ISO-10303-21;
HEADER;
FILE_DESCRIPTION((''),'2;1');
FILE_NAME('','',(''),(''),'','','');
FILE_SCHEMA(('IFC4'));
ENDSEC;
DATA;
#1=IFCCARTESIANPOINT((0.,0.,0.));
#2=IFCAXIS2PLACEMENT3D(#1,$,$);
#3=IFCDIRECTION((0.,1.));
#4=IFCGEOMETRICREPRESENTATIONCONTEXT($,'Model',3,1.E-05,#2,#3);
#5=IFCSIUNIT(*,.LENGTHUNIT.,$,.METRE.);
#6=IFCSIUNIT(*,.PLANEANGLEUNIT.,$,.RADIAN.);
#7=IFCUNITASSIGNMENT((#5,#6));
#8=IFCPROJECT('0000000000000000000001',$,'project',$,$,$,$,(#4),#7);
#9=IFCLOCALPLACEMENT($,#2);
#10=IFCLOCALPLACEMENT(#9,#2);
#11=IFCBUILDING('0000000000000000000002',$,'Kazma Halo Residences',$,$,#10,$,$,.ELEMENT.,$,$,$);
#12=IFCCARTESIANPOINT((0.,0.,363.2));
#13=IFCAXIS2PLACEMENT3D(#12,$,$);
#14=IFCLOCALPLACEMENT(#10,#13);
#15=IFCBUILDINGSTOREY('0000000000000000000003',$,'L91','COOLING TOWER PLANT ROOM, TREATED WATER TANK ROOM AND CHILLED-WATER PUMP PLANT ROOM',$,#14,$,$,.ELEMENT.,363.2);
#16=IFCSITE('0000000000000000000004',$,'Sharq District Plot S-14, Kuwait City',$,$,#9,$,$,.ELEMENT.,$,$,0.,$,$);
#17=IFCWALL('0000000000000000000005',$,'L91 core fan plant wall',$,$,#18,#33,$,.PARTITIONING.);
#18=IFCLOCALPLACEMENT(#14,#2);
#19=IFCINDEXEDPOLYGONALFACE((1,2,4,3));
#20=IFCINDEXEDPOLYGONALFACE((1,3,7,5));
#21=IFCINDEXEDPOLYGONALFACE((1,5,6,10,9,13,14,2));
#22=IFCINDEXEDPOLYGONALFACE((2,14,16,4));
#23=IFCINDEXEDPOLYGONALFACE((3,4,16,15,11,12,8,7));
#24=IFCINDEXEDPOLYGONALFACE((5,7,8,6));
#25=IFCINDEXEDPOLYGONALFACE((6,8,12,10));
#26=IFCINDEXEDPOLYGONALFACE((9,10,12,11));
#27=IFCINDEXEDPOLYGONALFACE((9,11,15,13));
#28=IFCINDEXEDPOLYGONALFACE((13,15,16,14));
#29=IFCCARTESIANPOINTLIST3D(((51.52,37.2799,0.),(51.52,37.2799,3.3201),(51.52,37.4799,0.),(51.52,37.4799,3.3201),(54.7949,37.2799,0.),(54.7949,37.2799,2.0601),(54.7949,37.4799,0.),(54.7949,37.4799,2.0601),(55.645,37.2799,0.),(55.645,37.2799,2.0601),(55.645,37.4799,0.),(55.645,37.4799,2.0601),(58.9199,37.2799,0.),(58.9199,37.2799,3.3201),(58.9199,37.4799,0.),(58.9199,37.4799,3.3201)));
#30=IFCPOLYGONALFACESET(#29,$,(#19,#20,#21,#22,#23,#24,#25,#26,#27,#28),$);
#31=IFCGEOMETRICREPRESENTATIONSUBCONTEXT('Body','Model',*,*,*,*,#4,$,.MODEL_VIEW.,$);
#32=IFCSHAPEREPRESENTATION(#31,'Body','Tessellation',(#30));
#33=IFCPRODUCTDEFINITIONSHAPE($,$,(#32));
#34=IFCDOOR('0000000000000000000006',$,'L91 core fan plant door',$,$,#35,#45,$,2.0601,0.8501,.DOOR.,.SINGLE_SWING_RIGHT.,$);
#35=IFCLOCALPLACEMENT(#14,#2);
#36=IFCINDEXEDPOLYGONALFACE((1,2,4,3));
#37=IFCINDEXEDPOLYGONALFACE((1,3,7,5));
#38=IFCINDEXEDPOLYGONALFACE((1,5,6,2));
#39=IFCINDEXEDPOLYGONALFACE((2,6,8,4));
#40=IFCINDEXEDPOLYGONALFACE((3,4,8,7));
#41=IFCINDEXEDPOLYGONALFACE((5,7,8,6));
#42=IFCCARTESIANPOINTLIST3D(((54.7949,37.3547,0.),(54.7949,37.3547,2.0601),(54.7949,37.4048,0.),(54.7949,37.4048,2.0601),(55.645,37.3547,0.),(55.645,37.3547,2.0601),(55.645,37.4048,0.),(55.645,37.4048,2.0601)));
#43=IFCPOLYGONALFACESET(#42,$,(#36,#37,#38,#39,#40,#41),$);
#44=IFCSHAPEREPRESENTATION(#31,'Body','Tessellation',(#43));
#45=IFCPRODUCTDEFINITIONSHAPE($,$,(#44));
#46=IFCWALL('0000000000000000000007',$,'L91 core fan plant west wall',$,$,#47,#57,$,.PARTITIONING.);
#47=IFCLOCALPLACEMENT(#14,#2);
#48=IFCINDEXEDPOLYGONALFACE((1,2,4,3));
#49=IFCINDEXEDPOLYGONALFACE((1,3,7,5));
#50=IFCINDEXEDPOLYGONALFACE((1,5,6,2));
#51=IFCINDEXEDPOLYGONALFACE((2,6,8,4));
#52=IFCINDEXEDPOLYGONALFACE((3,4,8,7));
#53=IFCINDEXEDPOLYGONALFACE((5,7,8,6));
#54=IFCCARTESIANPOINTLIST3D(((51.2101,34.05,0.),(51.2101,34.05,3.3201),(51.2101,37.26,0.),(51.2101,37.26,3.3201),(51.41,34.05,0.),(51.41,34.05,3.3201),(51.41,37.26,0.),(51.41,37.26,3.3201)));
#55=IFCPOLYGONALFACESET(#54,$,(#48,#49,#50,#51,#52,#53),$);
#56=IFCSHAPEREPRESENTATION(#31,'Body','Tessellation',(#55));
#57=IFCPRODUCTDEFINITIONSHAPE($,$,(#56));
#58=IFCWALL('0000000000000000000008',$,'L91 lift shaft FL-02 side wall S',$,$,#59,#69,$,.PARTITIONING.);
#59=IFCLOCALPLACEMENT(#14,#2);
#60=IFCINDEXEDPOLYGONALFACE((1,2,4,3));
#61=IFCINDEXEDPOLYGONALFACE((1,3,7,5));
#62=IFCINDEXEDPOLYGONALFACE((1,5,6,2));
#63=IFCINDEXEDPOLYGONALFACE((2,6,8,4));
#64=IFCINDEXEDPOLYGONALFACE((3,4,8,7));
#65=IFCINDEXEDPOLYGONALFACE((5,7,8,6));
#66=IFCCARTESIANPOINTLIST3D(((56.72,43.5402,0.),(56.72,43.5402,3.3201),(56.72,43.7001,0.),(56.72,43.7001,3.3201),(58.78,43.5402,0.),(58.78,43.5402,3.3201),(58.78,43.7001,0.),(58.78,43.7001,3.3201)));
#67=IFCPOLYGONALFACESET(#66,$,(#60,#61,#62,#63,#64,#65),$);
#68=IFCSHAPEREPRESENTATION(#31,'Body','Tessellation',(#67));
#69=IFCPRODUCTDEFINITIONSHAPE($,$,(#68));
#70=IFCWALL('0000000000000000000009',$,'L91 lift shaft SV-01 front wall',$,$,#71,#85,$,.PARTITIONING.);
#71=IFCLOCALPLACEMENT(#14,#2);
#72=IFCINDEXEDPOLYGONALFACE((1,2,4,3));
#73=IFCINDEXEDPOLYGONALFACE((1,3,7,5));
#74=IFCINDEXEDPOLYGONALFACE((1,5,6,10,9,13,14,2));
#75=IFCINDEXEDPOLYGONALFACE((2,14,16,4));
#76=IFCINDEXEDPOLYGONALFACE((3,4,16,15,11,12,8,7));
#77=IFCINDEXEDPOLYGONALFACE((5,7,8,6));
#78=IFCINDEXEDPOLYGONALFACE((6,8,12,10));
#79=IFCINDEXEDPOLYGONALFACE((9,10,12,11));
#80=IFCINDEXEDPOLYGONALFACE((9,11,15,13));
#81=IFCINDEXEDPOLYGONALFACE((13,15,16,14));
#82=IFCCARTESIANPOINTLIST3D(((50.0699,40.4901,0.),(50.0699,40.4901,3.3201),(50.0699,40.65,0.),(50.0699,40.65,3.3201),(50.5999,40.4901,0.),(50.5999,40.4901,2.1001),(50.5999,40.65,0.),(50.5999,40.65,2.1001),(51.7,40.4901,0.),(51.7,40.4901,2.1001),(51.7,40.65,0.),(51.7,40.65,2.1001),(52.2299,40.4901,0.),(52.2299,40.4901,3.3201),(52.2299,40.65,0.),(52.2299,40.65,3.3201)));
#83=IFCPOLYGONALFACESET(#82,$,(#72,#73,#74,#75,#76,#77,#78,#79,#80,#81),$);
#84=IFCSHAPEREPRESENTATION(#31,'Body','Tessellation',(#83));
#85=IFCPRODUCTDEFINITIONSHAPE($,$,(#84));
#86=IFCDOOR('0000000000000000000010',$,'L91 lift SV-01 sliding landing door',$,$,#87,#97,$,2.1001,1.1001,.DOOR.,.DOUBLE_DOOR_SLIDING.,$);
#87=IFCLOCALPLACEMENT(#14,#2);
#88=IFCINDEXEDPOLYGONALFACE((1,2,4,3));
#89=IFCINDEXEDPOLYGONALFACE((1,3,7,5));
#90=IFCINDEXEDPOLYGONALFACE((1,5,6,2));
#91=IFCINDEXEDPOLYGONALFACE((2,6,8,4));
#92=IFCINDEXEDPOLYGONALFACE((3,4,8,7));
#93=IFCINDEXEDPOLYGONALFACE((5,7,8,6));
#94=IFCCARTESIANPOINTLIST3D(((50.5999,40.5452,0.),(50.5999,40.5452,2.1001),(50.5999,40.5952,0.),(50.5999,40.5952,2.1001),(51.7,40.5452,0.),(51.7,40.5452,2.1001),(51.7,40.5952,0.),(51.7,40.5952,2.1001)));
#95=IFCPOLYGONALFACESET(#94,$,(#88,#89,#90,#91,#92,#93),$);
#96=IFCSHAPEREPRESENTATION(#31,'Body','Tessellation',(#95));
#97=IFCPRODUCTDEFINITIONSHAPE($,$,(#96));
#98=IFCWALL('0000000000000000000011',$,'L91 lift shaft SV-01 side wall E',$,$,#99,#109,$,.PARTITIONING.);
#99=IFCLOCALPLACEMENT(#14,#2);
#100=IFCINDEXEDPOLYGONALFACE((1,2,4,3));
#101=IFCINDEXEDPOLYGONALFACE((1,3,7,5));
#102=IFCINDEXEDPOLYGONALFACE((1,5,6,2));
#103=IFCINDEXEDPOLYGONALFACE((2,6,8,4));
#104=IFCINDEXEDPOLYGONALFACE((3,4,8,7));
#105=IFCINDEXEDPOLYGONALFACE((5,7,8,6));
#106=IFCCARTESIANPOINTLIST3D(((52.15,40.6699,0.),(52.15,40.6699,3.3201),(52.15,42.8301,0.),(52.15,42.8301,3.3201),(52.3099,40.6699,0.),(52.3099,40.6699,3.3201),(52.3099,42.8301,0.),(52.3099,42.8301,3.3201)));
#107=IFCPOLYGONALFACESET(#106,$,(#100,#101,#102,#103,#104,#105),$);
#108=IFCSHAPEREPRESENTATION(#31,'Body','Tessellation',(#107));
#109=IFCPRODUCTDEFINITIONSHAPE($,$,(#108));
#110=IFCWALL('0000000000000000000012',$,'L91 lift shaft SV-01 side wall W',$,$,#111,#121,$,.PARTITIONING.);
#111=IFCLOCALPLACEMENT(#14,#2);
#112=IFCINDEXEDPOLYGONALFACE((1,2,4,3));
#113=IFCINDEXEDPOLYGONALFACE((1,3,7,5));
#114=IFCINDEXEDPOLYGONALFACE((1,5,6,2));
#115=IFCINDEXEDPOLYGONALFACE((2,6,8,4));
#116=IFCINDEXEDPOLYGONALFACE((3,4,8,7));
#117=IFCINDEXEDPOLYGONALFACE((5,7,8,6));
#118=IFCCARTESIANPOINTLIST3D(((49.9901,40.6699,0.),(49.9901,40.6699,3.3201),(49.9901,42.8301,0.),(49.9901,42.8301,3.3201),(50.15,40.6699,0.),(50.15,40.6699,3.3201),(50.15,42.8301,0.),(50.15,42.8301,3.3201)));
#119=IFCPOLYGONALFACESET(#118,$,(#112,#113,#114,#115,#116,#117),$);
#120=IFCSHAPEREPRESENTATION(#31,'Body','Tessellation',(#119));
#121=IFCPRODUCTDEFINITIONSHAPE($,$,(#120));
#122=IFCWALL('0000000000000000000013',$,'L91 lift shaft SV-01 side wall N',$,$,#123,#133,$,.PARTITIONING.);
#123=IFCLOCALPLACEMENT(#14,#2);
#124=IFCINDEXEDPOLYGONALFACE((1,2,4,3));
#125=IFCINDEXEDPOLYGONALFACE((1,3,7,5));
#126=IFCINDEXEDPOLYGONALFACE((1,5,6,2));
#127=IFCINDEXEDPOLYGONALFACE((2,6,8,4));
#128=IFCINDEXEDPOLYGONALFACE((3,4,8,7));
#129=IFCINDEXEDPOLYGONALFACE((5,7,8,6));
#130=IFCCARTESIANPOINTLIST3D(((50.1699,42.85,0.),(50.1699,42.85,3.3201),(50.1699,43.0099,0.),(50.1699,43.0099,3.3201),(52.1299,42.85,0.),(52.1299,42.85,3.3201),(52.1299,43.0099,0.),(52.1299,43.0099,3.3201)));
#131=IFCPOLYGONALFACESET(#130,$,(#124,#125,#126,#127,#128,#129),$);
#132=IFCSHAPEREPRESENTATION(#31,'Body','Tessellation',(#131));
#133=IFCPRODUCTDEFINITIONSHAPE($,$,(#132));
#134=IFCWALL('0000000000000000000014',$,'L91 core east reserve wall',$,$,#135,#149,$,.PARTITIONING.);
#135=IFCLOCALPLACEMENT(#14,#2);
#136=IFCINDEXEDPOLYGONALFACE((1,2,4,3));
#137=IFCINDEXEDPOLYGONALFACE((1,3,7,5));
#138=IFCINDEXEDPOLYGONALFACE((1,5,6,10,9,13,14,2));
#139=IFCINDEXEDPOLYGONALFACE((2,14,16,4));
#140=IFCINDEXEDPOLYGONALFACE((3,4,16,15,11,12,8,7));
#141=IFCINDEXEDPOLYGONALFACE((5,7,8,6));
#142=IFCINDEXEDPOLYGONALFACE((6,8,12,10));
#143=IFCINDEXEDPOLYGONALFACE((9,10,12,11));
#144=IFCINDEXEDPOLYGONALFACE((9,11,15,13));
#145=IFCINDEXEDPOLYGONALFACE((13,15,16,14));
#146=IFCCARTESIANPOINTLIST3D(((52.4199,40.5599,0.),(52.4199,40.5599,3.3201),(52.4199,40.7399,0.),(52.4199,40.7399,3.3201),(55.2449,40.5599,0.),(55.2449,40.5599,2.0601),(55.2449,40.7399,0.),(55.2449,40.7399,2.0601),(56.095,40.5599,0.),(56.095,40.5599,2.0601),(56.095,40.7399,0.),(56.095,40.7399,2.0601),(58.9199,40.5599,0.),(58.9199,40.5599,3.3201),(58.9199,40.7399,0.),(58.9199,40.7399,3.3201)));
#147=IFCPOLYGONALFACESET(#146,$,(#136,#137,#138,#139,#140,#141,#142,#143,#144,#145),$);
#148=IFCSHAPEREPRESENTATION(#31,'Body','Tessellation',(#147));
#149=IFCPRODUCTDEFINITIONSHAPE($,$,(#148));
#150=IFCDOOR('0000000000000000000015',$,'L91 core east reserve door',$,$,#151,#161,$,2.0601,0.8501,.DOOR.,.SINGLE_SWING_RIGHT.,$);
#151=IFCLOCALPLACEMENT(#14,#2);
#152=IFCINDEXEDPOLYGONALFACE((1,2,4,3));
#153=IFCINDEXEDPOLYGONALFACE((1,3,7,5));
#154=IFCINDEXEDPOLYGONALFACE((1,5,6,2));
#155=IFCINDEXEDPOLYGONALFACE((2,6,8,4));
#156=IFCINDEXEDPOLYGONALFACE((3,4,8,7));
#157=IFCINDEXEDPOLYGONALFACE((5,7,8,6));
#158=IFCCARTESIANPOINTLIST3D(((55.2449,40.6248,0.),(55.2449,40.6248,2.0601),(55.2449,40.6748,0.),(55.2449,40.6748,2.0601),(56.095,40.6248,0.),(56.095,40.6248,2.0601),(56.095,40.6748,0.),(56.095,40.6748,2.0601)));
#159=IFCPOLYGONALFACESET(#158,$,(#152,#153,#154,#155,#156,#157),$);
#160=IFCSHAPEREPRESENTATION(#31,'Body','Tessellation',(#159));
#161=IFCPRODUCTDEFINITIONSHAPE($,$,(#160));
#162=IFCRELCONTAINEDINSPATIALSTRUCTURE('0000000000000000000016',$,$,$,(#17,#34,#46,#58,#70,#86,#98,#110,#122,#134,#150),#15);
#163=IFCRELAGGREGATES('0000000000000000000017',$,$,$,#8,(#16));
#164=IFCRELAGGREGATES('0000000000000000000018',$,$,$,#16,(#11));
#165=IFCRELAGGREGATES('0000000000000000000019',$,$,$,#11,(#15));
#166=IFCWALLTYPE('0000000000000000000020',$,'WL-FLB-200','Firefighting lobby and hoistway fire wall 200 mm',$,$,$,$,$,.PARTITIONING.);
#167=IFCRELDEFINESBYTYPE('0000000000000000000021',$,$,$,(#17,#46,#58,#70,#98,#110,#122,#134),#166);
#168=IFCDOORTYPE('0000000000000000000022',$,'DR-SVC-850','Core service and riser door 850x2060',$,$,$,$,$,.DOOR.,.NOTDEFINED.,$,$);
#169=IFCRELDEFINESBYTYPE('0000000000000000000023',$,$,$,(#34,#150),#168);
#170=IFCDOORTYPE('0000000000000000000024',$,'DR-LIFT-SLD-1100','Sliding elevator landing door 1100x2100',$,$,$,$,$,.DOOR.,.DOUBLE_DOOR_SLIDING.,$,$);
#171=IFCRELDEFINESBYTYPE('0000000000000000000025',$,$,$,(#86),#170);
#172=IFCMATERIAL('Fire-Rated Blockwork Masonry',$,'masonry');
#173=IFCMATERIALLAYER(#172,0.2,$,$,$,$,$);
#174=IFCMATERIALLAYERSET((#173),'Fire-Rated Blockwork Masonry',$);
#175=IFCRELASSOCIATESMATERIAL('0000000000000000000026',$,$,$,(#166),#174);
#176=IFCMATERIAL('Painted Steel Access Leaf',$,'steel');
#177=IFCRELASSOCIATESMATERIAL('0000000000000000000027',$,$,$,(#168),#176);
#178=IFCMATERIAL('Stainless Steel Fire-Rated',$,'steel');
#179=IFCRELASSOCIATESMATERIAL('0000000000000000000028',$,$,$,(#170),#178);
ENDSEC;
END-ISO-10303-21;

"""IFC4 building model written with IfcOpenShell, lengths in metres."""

from ifc_helpers import new_model, si_unit, direction, frame, frame_2d, origin, place, context, subcontext, project, spatial, rectangle, extrude, material, layer, layer_set, type_object, element, fill, save


model = new_model("IFC4")

# Units and contexts
model_context = context("Model", 3, precision=1e-05, world=origin(), true_north=direction((0.0, 1.0)))
body_context = subcontext(model_context, "Body", "Model", "MODEL_VIEW")
ifc_project = project(units=[si_unit("LENGTHUNIT", "METRE"), si_unit("PLANEANGLEUNIT", "RADIAN")], contexts=[model_context])

# Site, building, storey
site_placement = place(None, origin())
site = spatial("IfcSite", under=ifc_project, at=site_placement, Name="Sharq District Plot S-14, Kuwait City", CompositionType="ELEMENT", RefElevation=0.0)
building_placement = place(site_placement, origin())
building = spatial("IfcBuilding", under=site, at=building_placement, Name="Kazma Halo Residences", CompositionType="ELEMENT")
storey_placement = place(building_placement, frame((0.0, 0.0, 363.2)))
storey = spatial("IfcBuildingStorey", under=building, at=storey_placement, Name="L91", Description="COOLING TOWER PLANT ROOM, TREATED WATER TANK ROOM AND CHILLED-WATER PUMP PLANT ROOM", CompositionType="ELEMENT", Elevation=363.2)

# Wall, opening, door
ifc_material_1 = material(Name="Fire-Rated Blockwork Masonry", Category="masonry")
ifc_layer_1 = layer(ifc_material_1, 0.2)
ifc_layer_set_1 = layer_set([ifc_layer_1], Name="Fire-Rated Blockwork Masonry")
wall_type_1 = type_object("IfcWallType", Name="WL-FLB-200", Description="Firefighting lobby and hoistway fire wall 200 mm", PredefinedType="PARTITIONING", material=ifc_layer_set_1)
wall_1_placement = place(storey_placement, frame((51.52, 37.3799, 0.0), z_axis=(0.0, 0.0, 1.0), x_axis=(1.0, 0.0, 0.0)))
wall_1 = element("IfcWall", 1, at=wall_1_placement, inside=storey, type_object=wall_type_1, Name="L91 core fan plant wall", PredefinedType="PARTITIONING", context=body_context, shape_type="SweptSolid", body=[
    extrude(rectangle(XDim=7.3999, YDim=0.2, at=frame_2d((3.7, 0.0))), origin(), (0.0, 0.0, 1.0), 3.3201),
])
opening_1_placement = place(wall_1_placement, frame((3.2749, 0.0, 0.0)))
opening_1 = element("IfcOpeningElement", 2, at=opening_1_placement, cuts=wall_1, PredefinedType="OPENING", context=body_context, shape_type="SweptSolid", body=[
    extrude(rectangle(XDim=0.8501, YDim=2.0601, at=frame_2d((0.425, 1.03))), frame((0.0, 0.1099, 0.0), z_axis=(0.0, -1.0, 0.0), x_axis=(1.0, 0.0, 0.0)), (0.0, 0.0, 1.0), 0.22),
])
ifc_material_2 = material(Name="Painted Steel Access Leaf", Category="steel")
door_type_1 = type_object("IfcDoorType", Name="DR-SVC-850", Description="Core service and riser door 850x2060", OperationType="NOTDEFINED", PredefinedType="DOOR", material=ifc_material_2)
door_1_placement = place(opening_1_placement, origin())
door_1 = element("IfcDoor", 3, at=door_1_placement, inside=storey, type_object=door_type_1, Name="L91 core fan plant door", OperationType="SINGLE_SWING_RIGHT", OverallHeight=2.0601, OverallWidth=0.8501, PredefinedType="DOOR", context=body_context, shape_type="SweptSolid", body=[
    extrude(rectangle(XDim=0.8501, YDim=2.0601, at=frame_2d((0.425, 1.03))), frame((0.0, 0.0249, 0.0), z_axis=(0.0, -1.0, 0.0), x_axis=(1.0, 0.0, 0.0)), (0.0, 0.0, 1.0), 0.05),
])
fill(opening_1, door_1)

# Walls
wall_2_placement = place(storey_placement, frame((51.3101, 34.05, 0.0), z_axis=(0.0, 0.0, 1.0), x_axis=(0.0, 1.0, 0.0)))
element("IfcWall", 4, at=wall_2_placement, inside=storey, type_object=wall_type_1, Name="L91 core fan plant west wall", PredefinedType="PARTITIONING", context=body_context, shape_type="SweptSolid", body=[
    extrude(rectangle(XDim=3.21, YDim=0.2, at=frame_2d((1.605, 0.0))), origin(), (0.0, 0.0, 1.0), 3.3201),
])
wall_3_placement = place(storey_placement, frame((56.72, 43.6201, 0.0), z_axis=(0.0, 0.0, 1.0), x_axis=(1.0, 0.0, 0.0)))
element("IfcWall", 5, at=wall_3_placement, inside=storey, type_object=wall_type_1, Name="L91 lift shaft FL-02 side wall S", PredefinedType="PARTITIONING", context=body_context, shape_type="SweptSolid", body=[
    extrude(rectangle(XDim=2.0601, YDim=0.1599, at=frame_2d((1.03, 0.0))), origin(), (0.0, 0.0, 1.0), 3.3201),
])

# Wall, opening, door
wall_4_placement = place(storey_placement, frame((52.23, 40.5701, 0.0), z_axis=(0.0, 0.0, 1.0), x_axis=(-1.0, 0.0, 0.0)))
wall_4 = element("IfcWall", 6, at=wall_4_placement, inside=storey, type_object=wall_type_1, Name="L91 lift shaft SV-01 front wall", PredefinedType="PARTITIONING", context=body_context, shape_type="SweptSolid", body=[
    extrude(rectangle(XDim=2.1599, YDim=0.1599, at=frame_2d((1.0801, 0.0))), origin(), (0.0, 0.0, 1.0), 3.3201),
])
opening_2_placement = place(wall_4_placement, frame((0.53, 0.0, 0.0)))
opening_2 = element("IfcOpeningElement", 7, at=opening_2_placement, cuts=wall_4, PredefinedType="OPENING", context=body_context, shape_type="SweptSolid", body=[
    extrude(rectangle(XDim=1.1001, YDim=2.1001, at=frame_2d((0.55, 1.05))), frame((0.0, 0.0898, 0.0), z_axis=(0.0, -1.0, 0.0), x_axis=(1.0, 0.0, 0.0)), (0.0, 0.0, 1.0), 0.1799),
])
ifc_material_3 = material(Name="Stainless Steel Fire-Rated", Category="steel")
door_type_2 = type_object("IfcDoorType", Name="DR-LIFT-SLD-1100", Description="Sliding elevator landing door 1100x2100", OperationType="DOUBLE_DOOR_SLIDING", PredefinedType="DOOR", material=ifc_material_3)
door_2_placement = place(opening_2_placement, origin())
door_2 = element("IfcDoor", 8, at=door_2_placement, inside=storey, type_object=door_type_2, Name="L91 lift SV-01 sliding landing door", OperationType="DOUBLE_DOOR_SLIDING", OverallHeight=2.1001, OverallWidth=1.1001, PredefinedType="DOOR", context=body_context, shape_type="SweptSolid", body=[
    extrude(rectangle(XDim=1.1001, YDim=2.1001, at=frame_2d((0.55, 1.05))), frame((0.0, 0.0249, 0.0), z_axis=(0.0, -1.0, 0.0), x_axis=(1.0, 0.0, 0.0)), (0.0, 0.0, 1.0), 0.05),
])
fill(opening_2, door_2)

# Walls
for number, where, z_axis, x_axis, name in (
    (9, (52.23, 40.6699, 0.0), (0.0, 0.0, 1.0), (0.0, 1.0, 0.0), "L91 lift shaft SV-01 side wall E"),
    (10, (50.0701, 40.6699, 0.0), (0.0, 0.0, 1.0), (0.0, 1.0, 0.0), "L91 lift shaft SV-01 side wall W"),
):
    element("IfcWall", number, at=place(storey_placement, frame(where, z_axis=z_axis, x_axis=x_axis)), inside=storey, type_object=wall_type_1, Name=name, PredefinedType="PARTITIONING", context=body_context, shape_type="SweptSolid", body=[
        extrude(rectangle(XDim=2.1602, YDim=0.1599, at=frame_2d((1.0801, 0.0))), origin(), (0.0, 0.0, 1.0), 3.3201),
    ])
wall_5_placement = place(storey_placement, frame((50.1699, 42.9299, 0.0), z_axis=(0.0, 0.0, 1.0), x_axis=(1.0, 0.0, 0.0)))
element("IfcWall", 11, at=wall_5_placement, inside=storey, type_object=wall_type_1, Name="L91 lift shaft SV-01 side wall N", PredefinedType="PARTITIONING", context=body_context, shape_type="SweptSolid", body=[
    extrude(rectangle(XDim=1.96, YDim=0.1599, at=frame_2d((0.98, 0.0))), origin(), (0.0, 0.0, 1.0), 3.3201),
])

# Wall, opening, door
wall_6_placement = place(storey_placement, frame((52.4199, 40.6499, 0.0), z_axis=(0.0, 0.0, 1.0), x_axis=(1.0, 0.0, 0.0)))
wall_6 = element("IfcWall", 12, at=wall_6_placement, inside=storey, type_object=wall_type_1, Name="L91 core east reserve wall", PredefinedType="PARTITIONING", context=body_context, shape_type="SweptSolid", body=[
    extrude(rectangle(XDim=6.5, YDim=0.1799, at=frame_2d((3.25, 0.0))), origin(), (0.0, 0.0, 1.0), 3.3201),
])
opening_3_placement = place(wall_6_placement, frame((2.825, 0.0, 0.0)))
opening_3 = element("IfcOpeningElement", 13, at=opening_3_placement, cuts=wall_6, PredefinedType="OPENING", context=body_context, shape_type="SweptSolid", body=[
    extrude(rectangle(XDim=0.8501, YDim=2.0601, at=frame_2d((0.425, 1.03))), frame((0.0, 0.0999, 0.0), z_axis=(0.0, -1.0, 0.0), x_axis=(1.0, 0.0, 0.0)), (0.0, 0.0, 1.0), 0.2),
])
door_3_placement = place(opening_3_placement, origin())
door_3 = element("IfcDoor", 14, at=door_3_placement, inside=storey, type_object=door_type_1, Name="L91 core east reserve door", OperationType="SINGLE_SWING_RIGHT", OverallHeight=2.0601, OverallWidth=0.8501, PredefinedType="DOOR", context=body_context, shape_type="SweptSolid", body=[
    extrude(rectangle(XDim=0.8501, YDim=2.0601, at=frame_2d((0.425, 1.03))), frame((0.0, 0.0249, 0.0), z_axis=(0.0, -1.0, 0.0), x_axis=(1.0, 0.0, 0.0)), (0.0, 0.0, 1.0), 0.05),
])
fill(opening_3, door_3)

save(model, "model.ifc")
